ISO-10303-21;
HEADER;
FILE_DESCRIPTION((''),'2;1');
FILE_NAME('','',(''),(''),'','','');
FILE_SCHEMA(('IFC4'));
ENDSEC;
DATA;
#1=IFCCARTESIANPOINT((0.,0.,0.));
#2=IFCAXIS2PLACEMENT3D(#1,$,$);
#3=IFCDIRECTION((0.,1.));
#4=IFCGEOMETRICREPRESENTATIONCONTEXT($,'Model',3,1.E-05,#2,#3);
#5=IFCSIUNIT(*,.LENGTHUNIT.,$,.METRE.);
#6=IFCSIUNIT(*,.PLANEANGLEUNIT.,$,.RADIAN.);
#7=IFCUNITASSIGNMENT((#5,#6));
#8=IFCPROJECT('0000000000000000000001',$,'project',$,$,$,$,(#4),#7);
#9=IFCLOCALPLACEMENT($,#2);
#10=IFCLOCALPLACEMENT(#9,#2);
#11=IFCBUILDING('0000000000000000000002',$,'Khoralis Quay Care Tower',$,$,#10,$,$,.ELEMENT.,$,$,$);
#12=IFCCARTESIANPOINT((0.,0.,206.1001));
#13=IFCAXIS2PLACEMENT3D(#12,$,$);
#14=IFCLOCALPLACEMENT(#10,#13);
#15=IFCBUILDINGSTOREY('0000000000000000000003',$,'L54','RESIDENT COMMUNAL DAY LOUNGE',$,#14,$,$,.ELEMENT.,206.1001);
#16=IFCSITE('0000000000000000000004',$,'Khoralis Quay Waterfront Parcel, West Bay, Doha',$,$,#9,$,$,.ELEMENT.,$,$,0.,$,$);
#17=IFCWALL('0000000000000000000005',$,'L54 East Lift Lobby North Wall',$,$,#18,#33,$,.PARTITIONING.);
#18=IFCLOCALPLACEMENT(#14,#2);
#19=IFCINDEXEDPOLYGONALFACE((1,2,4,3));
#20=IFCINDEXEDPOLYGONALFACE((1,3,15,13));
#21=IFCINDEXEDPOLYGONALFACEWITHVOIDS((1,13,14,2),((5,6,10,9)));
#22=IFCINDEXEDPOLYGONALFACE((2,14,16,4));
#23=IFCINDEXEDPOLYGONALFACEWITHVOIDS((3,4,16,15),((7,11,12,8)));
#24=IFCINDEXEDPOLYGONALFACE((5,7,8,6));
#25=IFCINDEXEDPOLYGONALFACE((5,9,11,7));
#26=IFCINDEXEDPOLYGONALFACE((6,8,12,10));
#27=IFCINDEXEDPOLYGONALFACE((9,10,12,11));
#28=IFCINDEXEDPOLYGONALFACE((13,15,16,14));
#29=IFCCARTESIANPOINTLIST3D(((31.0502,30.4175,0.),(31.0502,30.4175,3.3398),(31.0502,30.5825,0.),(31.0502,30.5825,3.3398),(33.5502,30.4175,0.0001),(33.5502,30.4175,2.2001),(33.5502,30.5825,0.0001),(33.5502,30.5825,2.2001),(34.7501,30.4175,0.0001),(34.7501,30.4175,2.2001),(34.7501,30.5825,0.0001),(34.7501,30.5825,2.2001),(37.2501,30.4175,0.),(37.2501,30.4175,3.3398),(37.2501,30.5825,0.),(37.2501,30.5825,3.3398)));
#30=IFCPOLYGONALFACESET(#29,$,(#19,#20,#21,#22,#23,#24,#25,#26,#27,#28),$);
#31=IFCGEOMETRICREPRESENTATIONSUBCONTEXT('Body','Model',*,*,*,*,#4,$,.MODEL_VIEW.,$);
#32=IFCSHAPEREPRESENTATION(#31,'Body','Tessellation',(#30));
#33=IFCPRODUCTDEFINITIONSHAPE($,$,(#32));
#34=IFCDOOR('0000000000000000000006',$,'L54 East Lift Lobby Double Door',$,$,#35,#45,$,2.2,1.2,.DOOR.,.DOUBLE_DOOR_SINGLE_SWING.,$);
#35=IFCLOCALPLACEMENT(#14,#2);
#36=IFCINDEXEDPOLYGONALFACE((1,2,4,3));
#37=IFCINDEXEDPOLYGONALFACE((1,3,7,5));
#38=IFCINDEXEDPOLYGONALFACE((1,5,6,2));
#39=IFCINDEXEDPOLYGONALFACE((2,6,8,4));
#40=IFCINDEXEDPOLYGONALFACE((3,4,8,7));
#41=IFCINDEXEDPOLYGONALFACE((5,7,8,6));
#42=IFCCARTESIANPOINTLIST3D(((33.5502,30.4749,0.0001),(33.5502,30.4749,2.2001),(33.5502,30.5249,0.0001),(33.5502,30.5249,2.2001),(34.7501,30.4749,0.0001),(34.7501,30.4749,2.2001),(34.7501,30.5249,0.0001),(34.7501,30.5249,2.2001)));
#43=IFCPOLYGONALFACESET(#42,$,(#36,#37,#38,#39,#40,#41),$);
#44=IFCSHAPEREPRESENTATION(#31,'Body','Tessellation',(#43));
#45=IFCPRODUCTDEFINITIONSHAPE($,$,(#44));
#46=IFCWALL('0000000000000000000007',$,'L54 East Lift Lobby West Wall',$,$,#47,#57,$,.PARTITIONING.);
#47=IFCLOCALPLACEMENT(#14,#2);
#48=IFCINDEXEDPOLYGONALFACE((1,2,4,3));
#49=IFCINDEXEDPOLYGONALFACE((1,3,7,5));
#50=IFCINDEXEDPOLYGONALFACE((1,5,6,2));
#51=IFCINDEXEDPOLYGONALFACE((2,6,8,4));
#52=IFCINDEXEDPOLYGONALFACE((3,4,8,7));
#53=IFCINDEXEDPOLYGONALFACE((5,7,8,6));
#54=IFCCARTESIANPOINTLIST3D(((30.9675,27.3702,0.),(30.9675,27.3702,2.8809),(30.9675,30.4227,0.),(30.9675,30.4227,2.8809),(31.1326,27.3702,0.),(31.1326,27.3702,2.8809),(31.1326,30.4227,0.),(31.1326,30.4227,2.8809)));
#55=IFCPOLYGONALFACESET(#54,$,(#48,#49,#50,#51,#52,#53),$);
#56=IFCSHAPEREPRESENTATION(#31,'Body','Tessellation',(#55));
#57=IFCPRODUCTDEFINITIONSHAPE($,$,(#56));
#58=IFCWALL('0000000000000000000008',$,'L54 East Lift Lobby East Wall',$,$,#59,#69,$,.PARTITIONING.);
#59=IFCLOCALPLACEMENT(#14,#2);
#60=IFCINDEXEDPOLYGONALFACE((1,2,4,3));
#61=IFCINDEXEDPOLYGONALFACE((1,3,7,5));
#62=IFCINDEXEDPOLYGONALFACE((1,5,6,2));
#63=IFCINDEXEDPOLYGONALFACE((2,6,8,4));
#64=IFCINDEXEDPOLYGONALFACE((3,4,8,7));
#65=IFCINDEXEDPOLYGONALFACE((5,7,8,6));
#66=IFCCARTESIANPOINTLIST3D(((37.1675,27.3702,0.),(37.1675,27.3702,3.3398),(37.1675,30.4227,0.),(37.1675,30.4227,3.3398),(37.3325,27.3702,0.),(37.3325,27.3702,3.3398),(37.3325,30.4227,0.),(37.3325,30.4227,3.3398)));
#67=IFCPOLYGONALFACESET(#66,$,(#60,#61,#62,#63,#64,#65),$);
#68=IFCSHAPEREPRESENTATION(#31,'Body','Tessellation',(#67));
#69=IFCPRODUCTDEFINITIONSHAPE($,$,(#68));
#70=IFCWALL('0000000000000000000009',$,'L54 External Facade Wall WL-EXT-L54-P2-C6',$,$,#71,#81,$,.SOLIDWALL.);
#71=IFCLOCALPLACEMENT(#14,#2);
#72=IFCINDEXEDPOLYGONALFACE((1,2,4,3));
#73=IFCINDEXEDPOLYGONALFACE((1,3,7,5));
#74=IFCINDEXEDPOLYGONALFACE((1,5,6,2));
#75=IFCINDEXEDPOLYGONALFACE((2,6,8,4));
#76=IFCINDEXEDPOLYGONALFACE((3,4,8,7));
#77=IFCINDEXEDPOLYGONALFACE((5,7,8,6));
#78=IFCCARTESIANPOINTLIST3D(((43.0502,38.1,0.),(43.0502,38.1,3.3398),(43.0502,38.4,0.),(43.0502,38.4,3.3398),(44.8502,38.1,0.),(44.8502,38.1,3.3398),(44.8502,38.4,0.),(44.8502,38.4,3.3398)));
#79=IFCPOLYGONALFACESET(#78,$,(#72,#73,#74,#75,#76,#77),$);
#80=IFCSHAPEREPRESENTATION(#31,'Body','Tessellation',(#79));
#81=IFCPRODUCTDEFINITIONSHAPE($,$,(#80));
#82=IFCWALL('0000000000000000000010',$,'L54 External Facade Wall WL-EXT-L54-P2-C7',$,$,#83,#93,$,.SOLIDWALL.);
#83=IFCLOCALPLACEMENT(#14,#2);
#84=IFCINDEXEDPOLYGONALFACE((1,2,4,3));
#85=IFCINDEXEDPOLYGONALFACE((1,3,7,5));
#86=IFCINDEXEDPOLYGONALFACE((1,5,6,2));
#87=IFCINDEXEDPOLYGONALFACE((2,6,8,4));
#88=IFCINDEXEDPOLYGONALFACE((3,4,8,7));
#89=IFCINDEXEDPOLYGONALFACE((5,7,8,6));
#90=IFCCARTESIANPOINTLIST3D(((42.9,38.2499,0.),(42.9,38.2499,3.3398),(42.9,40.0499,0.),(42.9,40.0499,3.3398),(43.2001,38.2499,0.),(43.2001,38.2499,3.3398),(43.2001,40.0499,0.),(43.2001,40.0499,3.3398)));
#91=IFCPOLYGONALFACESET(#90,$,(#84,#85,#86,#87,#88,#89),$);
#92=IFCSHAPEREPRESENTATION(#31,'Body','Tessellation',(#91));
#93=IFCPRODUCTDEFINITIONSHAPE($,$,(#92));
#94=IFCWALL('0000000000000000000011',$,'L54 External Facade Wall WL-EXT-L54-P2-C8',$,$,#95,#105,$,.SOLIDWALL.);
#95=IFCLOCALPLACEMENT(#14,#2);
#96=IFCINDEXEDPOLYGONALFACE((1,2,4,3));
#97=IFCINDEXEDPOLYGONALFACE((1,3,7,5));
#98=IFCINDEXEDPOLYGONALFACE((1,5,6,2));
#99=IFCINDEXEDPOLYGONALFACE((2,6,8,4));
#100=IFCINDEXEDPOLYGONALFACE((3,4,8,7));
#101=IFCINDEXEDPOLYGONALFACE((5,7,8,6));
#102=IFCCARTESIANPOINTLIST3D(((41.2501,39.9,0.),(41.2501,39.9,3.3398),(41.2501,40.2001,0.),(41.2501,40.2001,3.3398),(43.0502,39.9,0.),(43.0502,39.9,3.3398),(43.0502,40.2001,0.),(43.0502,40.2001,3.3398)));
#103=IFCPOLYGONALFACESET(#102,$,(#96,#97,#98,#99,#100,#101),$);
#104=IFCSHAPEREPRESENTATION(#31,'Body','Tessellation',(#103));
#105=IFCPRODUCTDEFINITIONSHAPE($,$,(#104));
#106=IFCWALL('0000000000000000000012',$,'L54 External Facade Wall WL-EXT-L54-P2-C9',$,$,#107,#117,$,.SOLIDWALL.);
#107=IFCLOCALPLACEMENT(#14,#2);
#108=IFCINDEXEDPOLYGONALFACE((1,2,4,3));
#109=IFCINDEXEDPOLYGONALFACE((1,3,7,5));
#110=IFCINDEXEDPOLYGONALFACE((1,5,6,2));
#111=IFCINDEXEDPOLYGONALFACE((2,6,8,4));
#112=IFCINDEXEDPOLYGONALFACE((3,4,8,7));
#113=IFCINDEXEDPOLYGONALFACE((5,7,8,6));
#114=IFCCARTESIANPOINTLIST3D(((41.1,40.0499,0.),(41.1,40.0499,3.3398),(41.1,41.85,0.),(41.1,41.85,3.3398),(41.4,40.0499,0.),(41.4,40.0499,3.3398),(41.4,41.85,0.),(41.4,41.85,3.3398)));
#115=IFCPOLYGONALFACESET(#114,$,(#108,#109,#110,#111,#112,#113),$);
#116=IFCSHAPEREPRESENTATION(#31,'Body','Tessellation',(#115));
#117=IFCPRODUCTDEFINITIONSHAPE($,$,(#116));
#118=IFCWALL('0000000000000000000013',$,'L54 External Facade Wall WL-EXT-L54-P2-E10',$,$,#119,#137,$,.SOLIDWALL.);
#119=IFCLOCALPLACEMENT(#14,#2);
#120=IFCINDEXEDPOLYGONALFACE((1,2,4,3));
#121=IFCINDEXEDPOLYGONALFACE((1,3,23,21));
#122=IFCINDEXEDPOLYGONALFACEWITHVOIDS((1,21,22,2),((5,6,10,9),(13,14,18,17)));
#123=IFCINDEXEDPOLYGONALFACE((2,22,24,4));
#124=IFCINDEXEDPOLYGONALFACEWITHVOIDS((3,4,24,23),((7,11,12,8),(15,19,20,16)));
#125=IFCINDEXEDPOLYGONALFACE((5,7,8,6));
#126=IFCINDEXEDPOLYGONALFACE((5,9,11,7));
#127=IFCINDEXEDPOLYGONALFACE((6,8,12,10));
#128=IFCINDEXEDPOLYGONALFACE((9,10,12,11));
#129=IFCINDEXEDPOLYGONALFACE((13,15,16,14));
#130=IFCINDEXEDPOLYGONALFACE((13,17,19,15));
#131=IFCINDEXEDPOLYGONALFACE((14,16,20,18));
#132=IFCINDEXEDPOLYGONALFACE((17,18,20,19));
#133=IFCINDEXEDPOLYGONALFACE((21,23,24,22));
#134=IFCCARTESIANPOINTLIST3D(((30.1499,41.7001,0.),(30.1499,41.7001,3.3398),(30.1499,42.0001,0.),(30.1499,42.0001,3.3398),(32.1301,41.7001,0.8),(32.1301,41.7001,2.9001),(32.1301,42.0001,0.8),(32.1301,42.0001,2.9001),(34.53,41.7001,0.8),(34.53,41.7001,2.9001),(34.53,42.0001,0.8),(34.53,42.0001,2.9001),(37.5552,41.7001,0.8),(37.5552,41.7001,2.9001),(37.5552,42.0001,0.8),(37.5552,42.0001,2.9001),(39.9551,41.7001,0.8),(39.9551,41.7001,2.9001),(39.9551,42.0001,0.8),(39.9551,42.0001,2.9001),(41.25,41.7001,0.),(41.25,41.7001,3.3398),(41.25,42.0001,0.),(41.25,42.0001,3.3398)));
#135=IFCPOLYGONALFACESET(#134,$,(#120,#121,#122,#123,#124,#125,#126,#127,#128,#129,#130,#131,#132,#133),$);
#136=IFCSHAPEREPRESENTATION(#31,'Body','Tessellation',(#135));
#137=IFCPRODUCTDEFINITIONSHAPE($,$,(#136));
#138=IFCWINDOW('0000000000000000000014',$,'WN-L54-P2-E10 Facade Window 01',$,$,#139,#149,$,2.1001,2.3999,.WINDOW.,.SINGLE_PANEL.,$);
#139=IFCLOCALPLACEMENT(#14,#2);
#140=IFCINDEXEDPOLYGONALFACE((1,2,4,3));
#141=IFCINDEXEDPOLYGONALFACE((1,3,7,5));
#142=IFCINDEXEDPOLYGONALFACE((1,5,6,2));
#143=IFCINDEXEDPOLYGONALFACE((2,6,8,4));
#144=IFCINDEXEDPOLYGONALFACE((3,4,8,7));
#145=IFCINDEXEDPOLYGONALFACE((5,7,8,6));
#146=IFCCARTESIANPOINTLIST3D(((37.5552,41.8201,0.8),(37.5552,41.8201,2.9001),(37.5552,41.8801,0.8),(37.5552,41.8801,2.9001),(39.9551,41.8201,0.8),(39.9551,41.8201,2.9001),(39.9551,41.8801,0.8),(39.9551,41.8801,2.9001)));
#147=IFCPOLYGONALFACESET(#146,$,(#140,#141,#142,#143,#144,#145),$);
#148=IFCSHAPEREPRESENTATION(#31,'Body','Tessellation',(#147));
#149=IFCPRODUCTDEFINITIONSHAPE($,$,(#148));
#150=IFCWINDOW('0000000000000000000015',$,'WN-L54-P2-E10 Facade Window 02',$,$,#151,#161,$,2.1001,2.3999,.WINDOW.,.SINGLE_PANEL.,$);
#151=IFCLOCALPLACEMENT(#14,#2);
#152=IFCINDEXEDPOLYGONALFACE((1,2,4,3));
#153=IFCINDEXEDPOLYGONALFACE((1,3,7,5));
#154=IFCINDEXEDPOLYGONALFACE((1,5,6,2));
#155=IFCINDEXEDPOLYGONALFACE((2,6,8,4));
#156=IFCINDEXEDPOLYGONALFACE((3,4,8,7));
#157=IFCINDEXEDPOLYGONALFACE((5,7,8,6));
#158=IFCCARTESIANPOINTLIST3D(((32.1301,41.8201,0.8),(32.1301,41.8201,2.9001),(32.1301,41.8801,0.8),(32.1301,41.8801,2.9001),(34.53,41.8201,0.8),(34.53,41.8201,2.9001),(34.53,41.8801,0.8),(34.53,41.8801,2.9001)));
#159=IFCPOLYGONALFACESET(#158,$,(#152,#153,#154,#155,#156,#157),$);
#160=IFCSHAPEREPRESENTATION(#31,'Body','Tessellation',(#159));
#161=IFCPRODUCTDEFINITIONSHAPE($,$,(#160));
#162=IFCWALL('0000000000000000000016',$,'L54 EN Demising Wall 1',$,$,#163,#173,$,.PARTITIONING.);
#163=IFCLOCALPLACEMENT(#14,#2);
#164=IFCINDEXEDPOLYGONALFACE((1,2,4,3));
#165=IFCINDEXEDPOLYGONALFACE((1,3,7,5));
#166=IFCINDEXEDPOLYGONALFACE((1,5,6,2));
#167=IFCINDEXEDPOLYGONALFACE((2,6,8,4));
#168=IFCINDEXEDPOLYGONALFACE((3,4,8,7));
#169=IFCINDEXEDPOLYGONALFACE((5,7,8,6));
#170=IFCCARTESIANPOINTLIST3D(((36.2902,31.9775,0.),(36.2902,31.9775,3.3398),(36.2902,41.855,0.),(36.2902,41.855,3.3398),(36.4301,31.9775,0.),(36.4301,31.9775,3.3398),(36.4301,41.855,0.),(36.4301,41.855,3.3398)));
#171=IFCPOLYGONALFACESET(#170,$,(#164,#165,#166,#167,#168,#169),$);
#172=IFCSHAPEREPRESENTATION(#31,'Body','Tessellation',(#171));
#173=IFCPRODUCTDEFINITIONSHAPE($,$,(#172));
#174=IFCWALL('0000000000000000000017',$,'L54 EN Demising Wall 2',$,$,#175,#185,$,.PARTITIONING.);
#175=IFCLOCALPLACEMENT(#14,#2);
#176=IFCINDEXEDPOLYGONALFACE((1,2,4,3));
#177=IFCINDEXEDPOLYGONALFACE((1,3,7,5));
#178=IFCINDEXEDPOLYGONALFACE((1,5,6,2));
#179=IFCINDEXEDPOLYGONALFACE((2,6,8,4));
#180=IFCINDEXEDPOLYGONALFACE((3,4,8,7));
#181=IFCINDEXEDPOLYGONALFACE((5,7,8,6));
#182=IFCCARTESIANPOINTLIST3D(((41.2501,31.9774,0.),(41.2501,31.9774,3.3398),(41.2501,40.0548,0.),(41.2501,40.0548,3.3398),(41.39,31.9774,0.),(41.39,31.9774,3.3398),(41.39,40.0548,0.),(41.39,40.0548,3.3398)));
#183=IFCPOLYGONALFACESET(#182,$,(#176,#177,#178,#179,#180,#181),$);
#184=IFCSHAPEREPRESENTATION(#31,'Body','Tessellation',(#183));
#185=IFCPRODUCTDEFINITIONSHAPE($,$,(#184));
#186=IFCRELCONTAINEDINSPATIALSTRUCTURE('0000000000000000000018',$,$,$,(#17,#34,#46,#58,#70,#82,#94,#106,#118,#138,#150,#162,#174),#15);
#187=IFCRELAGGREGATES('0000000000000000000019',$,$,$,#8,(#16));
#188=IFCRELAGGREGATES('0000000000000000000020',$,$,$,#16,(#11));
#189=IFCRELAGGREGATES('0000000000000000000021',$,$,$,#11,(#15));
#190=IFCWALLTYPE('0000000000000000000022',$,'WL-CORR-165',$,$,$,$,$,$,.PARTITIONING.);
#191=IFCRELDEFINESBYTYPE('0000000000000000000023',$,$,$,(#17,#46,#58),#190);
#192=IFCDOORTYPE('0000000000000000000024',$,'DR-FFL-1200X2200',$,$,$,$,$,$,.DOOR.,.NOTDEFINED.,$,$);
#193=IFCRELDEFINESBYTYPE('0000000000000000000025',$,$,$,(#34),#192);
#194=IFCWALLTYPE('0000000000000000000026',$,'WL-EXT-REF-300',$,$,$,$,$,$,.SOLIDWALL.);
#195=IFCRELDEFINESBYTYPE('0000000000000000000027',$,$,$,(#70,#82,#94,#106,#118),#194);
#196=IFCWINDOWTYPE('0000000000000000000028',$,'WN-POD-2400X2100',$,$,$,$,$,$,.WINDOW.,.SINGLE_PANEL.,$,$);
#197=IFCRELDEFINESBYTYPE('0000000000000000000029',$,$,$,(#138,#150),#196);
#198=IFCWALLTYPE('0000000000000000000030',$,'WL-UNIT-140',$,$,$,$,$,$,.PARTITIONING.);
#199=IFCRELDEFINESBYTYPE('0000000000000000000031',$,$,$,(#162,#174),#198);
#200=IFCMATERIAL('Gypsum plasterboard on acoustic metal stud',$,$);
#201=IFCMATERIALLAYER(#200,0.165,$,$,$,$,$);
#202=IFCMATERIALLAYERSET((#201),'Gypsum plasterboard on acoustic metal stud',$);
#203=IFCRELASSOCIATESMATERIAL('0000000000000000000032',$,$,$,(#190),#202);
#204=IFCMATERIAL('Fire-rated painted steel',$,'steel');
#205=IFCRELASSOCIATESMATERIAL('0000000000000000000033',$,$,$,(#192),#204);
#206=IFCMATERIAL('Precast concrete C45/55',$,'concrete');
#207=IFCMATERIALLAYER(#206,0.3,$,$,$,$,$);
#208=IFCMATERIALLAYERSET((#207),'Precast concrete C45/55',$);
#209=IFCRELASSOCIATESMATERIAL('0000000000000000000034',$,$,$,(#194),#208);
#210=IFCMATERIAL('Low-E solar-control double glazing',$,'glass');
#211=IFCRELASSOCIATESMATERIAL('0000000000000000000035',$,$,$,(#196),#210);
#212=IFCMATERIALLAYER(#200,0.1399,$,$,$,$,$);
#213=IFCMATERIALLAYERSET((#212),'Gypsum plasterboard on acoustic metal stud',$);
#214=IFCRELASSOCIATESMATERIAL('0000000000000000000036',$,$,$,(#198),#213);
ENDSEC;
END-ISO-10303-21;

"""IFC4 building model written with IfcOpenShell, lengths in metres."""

from ifc_helpers import new_model, si_unit, direction, frame, frame_2d, origin, place, context, subcontext, project, spatial, rectangle, extrude, source, transform, mapped, material, layer, layer_set, type_object, element, fill, save


model = new_model("IFC4")

# Units and contexts
model_context = context("Model", 3, precision=1e-05, world=origin(), true_north=direction((0.0, 1.0)))
body_context = subcontext(model_context, "Body", "Model", "MODEL_VIEW")
ifc_project = project(units=[si_unit("LENGTHUNIT", "METRE"), si_unit("PLANEANGLEUNIT", "RADIAN")], contexts=[model_context])

# Site, building, storey
site_placement = place(None, origin())
site = spatial("IfcSite", under=ifc_project, at=site_placement, Name="Khoralis Quay Waterfront Parcel, West Bay, Doha", CompositionType="ELEMENT", RefElevation=0.0)
building_placement = place(site_placement, origin())
building = spatial("IfcBuilding", under=site, at=building_placement, Name="Khoralis Quay Care Tower", CompositionType="ELEMENT")
storey_placement = place(building_placement, frame((0.0, 0.0, 206.1001)))
storey = spatial("IfcBuildingStorey", under=building, at=storey_placement, Name="L54", Description="RESIDENT COMMUNAL DAY LOUNGE", CompositionType="ELEMENT", Elevation=206.1001)

# Wall, opening, door
ifc_material_1 = material(Name="Gypsum plasterboard on acoustic metal stud")
ifc_layer_1 = layer(ifc_material_1, 0.165)
ifc_layer_set_1 = layer_set([ifc_layer_1], Name="Gypsum plasterboard on acoustic metal stud")
wall_type_1 = type_object("IfcWallType", Name="WL-CORR-165", PredefinedType="PARTITIONING", material=ifc_layer_set_1)
wall_1_placement = place(storey_placement, frame((31.05, 30.5, 0.0), z_axis=(0.0, 0.0, 1.0), x_axis=(1.0, 0.0, 0.0)))
wall_1 = element("IfcWall", 1, at=wall_1_placement, inside=storey, type_object=wall_type_1, Name="L54 East Lift Lobby North Wall", PredefinedType="PARTITIONING", context=body_context, shape_type="SweptSolid", body=[
    extrude(rectangle(XDim=6.2, YDim=0.165, at=frame_2d((3.1001, 0.0))), origin(), (0.0, 0.0, 1.0), 3.3398),
])
opening_1_placement = place(wall_1_placement, frame((2.5, 0.0, 0.0)))
opening_1 = element("IfcOpeningElement", 2, at=opening_1_placement, cuts=wall_1, PredefinedType="OPENING", context=body_context, shape_type="SweptSolid", body=[
    extrude(rectangle(XDim=1.2, YDim=2.2, at=frame_2d((0.6001, 1.1001))), frame((0.0, 0.0925, 0.0), z_axis=(0.0, -1.0, 0.0), x_axis=(1.0, 0.0, 0.0)), (0.0, 0.0, 1.0), 0.1851),
])
ifc_material_2 = material(Name="Fire-rated painted steel", Category="steel")
door_type = type_object("IfcDoorType", Name="DR-FFL-1200X2200", OperationType="NOTDEFINED", PredefinedType="DOOR", material=ifc_material_2)
shared_shape_1 = source(origin(), body_context, "Body", "SweptSolid", [
    extrude(rectangle(XDim=1.2, YDim=2.2, at=frame_2d((0.6001, 1.1001))), frame((0.0, 0.0249, 0.0), z_axis=(0.0, -1.0, 0.0), x_axis=(1.0, 0.0, 0.0)), (0.0, 0.0, 1.0), 0.05),
])
door_placement = place(opening_1_placement, origin())
door = element("IfcDoor", 3, at=door_placement, inside=storey, type_object=door_type, Name="L54 East Lift Lobby Double Door", OperationType="DOUBLE_DOOR_SINGLE_SWING", OverallHeight=2.2, OverallWidth=1.2, PredefinedType="DOOR", context=body_context, shape_type="MappedRepresentation", body=[
    mapped(shared_shape_1, transform((0.0, 0.0, 0.0), scale=1.0)),
])
fill(opening_1, door)

# Walls
wall_2_placement = place(storey_placement, frame((31.05, 27.3701, 0.0), z_axis=(0.0, 0.0, 1.0), x_axis=(0.0, 1.0, 0.0)))
element("IfcWall", 4, at=wall_2_placement, inside=storey, type_object=wall_type_1, Name="L54 East Lift Lobby West Wall", PredefinedType="PARTITIONING", context=body_context, shape_type="SweptSolid", body=[
    extrude(rectangle(XDim=3.0525, YDim=0.165, at=frame_2d((1.5264, 0.0))), origin(), (0.0, 0.0, 1.0), 2.8809),
])
wall_3_placement = place(storey_placement, frame((37.25, 27.3701, 0.0), z_axis=(0.0, 0.0, 1.0), x_axis=(0.0, 1.0, 0.0)))
element("IfcWall", 5, at=wall_3_placement, inside=storey, type_object=wall_type_1, Name="L54 East Lift Lobby East Wall", PredefinedType="PARTITIONING", context=body_context, shape_type="SweptSolid", body=[
    extrude(rectangle(XDim=3.0525, YDim=0.165, at=frame_2d((1.5264, 0.0))), origin(), (0.0, 0.0, 1.0), 3.3398),
])
ifc_material_3 = material(Name="Precast concrete C45/55", Category="concrete")
ifc_layer_2 = layer(ifc_material_3, 0.3)
ifc_layer_set_2 = layer_set([ifc_layer_2], Name="Precast concrete C45/55")
wall_type_2 = type_object("IfcWallType", Name="WL-EXT-REF-300", PredefinedType="SOLIDWALL", material=ifc_layer_set_2)
for number, where, z_axis, x_axis, name in (
    (6, (44.8501, 38.25, 0.0), (0.0, 0.0, 1.0), (-1.0, 0.0, 0.0), "L54 External Facade Wall WL-EXT-L54-P2-C6"),
    (7, (43.05, 38.25, 0.0), (0.0, 0.0, 1.0), (0.0, 1.0, 0.0), "L54 External Facade Wall WL-EXT-L54-P2-C7"),
    (8, (43.05, 40.05, 0.0), (0.0, 0.0, 1.0), (-1.0, 0.0, 0.0), "L54 External Facade Wall WL-EXT-L54-P2-C8"),
    (9, (41.25, 40.05, 0.0), (0.0, 0.0, 1.0), (0.0, 1.0, 0.0), "L54 External Facade Wall WL-EXT-L54-P2-C9"),
):
    element("IfcWall", number, at=place(storey_placement, frame(where, z_axis=z_axis, x_axis=x_axis)), inside=storey, type_object=wall_type_2, Name=name, PredefinedType="SOLIDWALL", context=body_context, shape_type="SweptSolid", body=[
        extrude(rectangle(XDim=1.8, YDim=0.3, at=frame_2d((0.8999, 0.0))), origin(), (0.0, 0.0, 1.0), 3.3398),
    ])

# Wall, openings, windows
wall_4_placement = place(storey_placement, frame((41.25, 41.8501, 0.0), z_axis=(0.0, 0.0, 1.0), x_axis=(-1.0, 0.0, 0.0)))
wall_4 = element("IfcWall", 10, at=wall_4_placement, inside=storey, type_object=wall_type_2, Name="L54 External Facade Wall WL-EXT-L54-P2-E10", PredefinedType="SOLIDWALL", context=body_context, shape_type="SweptSolid", body=[
    extrude(rectangle(XDim=11.1001, YDim=0.3, at=frame_2d((5.55, 0.0))), origin(), (0.0, 0.0, 1.0), 3.3398),
])
opening_2_placement = place(wall_4_placement, frame((1.2949, 0.0, 0.8)))
opening_2 = element("IfcOpeningElement", 11, at=opening_2_placement, cuts=wall_4, PredefinedType="OPENING", context=body_context, shape_type="SweptSolid", body=[
    extrude(rectangle(XDim=2.3999, YDim=2.1001, at=frame_2d((1.2, 1.05))), frame((0.0, 0.1602, 0.0), z_axis=(0.0, -1.0, 0.0), x_axis=(1.0, 0.0, 0.0)), (0.0, 0.0, 1.0), 0.3201),
])
opening_3_placement = place(wall_4_placement, frame((6.72, 0.0, 0.8)))
opening_3 = element("IfcOpeningElement", 12, at=opening_3_placement, cuts=wall_4, PredefinedType="OPENING", context=body_context, shape_type="SweptSolid", body=[
    extrude(rectangle(XDim=2.3999, YDim=2.1001, at=frame_2d((1.2, 1.05))), frame((0.0, 0.1602, 0.0), z_axis=(0.0, -1.0, 0.0), x_axis=(1.0, 0.0, 0.0)), (0.0, 0.0, 1.0), 0.3201),
])
ifc_material_4 = material(Name="Low-E solar-control double glazing", Category="glass")
window_type = type_object("IfcWindowType", Name="WN-POD-2400X2100", PartitioningType="SINGLE_PANEL", PredefinedType="WINDOW", material=ifc_material_4)
shared_shape_2 = source(origin(), body_context, "Body", "SweptSolid", [
    extrude(rectangle(XDim=2.3999, YDim=2.1001, at=frame_2d((1.2, 1.05))), frame((0.0, 0.03, 0.0), z_axis=(0.0, -1.0, 0.0), x_axis=(1.0, 0.0, 0.0)), (0.0, 0.0, 1.0), 0.0601),
])
window_1_placement = place(opening_2_placement, origin())
window_1 = element("IfcWindow", 13, at=window_1_placement, inside=storey, type_object=window_type, Name="WN-L54-P2-E10 Facade Window 01", OverallHeight=2.1001, OverallWidth=2.3999, PartitioningType="SINGLE_PANEL", PredefinedType="WINDOW", context=body_context, shape_type="MappedRepresentation", body=[
    mapped(shared_shape_2, transform((0.0, 0.0, 0.0), scale=1.0)),
])
fill(opening_2, window_1)
window_2_placement = place(opening_3_placement, origin())
window_2 = element("IfcWindow", 14, at=window_2_placement, inside=storey, type_object=window_type, Name="WN-L54-P2-E10 Facade Window 02", OverallHeight=2.1001, OverallWidth=2.3999, PartitioningType="SINGLE_PANEL", PredefinedType="WINDOW", context=body_context, shape_type="MappedRepresentation", body=[
    mapped(shared_shape_2, transform((0.0, 0.0, 0.0), scale=1.0)),
])
fill(opening_3, window_2)

# Walls
ifc_layer_3 = layer(ifc_material_1, 0.1399)
ifc_layer_set_3 = layer_set([ifc_layer_3], Name="Gypsum plasterboard on acoustic metal stud")
wall_type_3 = type_object("IfcWallType", Name="WL-UNIT-140", PredefinedType="PARTITIONING", material=ifc_layer_set_3)
wall_5_placement = place(storey_placement, frame((36.3601, 31.9775, 0.0), z_axis=(0.0, 0.0, 1.0), x_axis=(0.0, 1.0, 0.0)))
element("IfcWall", 15, at=wall_5_placement, inside=storey, type_object=wall_type_3, Name="L54 EN Demising Wall 1", PredefinedType="PARTITIONING", context=body_context, shape_type="SweptSolid", body=[
    extrude(rectangle(XDim=9.8774, YDim=0.1399, at=frame_2d((4.9387, 0.0))), origin(), (0.0, 0.0, 1.0), 3.3398),
])
wall_6_placement = place(storey_placement, frame((41.3201, 31.9775, 0.0), z_axis=(0.0, 0.0, 1.0), x_axis=(0.0, 1.0, 0.0)))
element("IfcWall", 16, at=wall_6_placement, inside=storey, type_object=wall_type_3, Name="L54 EN Demising Wall 2", PredefinedType="PARTITIONING", context=body_context, shape_type="SweptSolid", body=[
    extrude(rectangle(XDim=8.0774, YDim=0.1399, at=frame_2d((4.0386, 0.0))), origin(), (0.0, 0.0, 1.0), 3.3398),
])

save(model, "model.ifc")
